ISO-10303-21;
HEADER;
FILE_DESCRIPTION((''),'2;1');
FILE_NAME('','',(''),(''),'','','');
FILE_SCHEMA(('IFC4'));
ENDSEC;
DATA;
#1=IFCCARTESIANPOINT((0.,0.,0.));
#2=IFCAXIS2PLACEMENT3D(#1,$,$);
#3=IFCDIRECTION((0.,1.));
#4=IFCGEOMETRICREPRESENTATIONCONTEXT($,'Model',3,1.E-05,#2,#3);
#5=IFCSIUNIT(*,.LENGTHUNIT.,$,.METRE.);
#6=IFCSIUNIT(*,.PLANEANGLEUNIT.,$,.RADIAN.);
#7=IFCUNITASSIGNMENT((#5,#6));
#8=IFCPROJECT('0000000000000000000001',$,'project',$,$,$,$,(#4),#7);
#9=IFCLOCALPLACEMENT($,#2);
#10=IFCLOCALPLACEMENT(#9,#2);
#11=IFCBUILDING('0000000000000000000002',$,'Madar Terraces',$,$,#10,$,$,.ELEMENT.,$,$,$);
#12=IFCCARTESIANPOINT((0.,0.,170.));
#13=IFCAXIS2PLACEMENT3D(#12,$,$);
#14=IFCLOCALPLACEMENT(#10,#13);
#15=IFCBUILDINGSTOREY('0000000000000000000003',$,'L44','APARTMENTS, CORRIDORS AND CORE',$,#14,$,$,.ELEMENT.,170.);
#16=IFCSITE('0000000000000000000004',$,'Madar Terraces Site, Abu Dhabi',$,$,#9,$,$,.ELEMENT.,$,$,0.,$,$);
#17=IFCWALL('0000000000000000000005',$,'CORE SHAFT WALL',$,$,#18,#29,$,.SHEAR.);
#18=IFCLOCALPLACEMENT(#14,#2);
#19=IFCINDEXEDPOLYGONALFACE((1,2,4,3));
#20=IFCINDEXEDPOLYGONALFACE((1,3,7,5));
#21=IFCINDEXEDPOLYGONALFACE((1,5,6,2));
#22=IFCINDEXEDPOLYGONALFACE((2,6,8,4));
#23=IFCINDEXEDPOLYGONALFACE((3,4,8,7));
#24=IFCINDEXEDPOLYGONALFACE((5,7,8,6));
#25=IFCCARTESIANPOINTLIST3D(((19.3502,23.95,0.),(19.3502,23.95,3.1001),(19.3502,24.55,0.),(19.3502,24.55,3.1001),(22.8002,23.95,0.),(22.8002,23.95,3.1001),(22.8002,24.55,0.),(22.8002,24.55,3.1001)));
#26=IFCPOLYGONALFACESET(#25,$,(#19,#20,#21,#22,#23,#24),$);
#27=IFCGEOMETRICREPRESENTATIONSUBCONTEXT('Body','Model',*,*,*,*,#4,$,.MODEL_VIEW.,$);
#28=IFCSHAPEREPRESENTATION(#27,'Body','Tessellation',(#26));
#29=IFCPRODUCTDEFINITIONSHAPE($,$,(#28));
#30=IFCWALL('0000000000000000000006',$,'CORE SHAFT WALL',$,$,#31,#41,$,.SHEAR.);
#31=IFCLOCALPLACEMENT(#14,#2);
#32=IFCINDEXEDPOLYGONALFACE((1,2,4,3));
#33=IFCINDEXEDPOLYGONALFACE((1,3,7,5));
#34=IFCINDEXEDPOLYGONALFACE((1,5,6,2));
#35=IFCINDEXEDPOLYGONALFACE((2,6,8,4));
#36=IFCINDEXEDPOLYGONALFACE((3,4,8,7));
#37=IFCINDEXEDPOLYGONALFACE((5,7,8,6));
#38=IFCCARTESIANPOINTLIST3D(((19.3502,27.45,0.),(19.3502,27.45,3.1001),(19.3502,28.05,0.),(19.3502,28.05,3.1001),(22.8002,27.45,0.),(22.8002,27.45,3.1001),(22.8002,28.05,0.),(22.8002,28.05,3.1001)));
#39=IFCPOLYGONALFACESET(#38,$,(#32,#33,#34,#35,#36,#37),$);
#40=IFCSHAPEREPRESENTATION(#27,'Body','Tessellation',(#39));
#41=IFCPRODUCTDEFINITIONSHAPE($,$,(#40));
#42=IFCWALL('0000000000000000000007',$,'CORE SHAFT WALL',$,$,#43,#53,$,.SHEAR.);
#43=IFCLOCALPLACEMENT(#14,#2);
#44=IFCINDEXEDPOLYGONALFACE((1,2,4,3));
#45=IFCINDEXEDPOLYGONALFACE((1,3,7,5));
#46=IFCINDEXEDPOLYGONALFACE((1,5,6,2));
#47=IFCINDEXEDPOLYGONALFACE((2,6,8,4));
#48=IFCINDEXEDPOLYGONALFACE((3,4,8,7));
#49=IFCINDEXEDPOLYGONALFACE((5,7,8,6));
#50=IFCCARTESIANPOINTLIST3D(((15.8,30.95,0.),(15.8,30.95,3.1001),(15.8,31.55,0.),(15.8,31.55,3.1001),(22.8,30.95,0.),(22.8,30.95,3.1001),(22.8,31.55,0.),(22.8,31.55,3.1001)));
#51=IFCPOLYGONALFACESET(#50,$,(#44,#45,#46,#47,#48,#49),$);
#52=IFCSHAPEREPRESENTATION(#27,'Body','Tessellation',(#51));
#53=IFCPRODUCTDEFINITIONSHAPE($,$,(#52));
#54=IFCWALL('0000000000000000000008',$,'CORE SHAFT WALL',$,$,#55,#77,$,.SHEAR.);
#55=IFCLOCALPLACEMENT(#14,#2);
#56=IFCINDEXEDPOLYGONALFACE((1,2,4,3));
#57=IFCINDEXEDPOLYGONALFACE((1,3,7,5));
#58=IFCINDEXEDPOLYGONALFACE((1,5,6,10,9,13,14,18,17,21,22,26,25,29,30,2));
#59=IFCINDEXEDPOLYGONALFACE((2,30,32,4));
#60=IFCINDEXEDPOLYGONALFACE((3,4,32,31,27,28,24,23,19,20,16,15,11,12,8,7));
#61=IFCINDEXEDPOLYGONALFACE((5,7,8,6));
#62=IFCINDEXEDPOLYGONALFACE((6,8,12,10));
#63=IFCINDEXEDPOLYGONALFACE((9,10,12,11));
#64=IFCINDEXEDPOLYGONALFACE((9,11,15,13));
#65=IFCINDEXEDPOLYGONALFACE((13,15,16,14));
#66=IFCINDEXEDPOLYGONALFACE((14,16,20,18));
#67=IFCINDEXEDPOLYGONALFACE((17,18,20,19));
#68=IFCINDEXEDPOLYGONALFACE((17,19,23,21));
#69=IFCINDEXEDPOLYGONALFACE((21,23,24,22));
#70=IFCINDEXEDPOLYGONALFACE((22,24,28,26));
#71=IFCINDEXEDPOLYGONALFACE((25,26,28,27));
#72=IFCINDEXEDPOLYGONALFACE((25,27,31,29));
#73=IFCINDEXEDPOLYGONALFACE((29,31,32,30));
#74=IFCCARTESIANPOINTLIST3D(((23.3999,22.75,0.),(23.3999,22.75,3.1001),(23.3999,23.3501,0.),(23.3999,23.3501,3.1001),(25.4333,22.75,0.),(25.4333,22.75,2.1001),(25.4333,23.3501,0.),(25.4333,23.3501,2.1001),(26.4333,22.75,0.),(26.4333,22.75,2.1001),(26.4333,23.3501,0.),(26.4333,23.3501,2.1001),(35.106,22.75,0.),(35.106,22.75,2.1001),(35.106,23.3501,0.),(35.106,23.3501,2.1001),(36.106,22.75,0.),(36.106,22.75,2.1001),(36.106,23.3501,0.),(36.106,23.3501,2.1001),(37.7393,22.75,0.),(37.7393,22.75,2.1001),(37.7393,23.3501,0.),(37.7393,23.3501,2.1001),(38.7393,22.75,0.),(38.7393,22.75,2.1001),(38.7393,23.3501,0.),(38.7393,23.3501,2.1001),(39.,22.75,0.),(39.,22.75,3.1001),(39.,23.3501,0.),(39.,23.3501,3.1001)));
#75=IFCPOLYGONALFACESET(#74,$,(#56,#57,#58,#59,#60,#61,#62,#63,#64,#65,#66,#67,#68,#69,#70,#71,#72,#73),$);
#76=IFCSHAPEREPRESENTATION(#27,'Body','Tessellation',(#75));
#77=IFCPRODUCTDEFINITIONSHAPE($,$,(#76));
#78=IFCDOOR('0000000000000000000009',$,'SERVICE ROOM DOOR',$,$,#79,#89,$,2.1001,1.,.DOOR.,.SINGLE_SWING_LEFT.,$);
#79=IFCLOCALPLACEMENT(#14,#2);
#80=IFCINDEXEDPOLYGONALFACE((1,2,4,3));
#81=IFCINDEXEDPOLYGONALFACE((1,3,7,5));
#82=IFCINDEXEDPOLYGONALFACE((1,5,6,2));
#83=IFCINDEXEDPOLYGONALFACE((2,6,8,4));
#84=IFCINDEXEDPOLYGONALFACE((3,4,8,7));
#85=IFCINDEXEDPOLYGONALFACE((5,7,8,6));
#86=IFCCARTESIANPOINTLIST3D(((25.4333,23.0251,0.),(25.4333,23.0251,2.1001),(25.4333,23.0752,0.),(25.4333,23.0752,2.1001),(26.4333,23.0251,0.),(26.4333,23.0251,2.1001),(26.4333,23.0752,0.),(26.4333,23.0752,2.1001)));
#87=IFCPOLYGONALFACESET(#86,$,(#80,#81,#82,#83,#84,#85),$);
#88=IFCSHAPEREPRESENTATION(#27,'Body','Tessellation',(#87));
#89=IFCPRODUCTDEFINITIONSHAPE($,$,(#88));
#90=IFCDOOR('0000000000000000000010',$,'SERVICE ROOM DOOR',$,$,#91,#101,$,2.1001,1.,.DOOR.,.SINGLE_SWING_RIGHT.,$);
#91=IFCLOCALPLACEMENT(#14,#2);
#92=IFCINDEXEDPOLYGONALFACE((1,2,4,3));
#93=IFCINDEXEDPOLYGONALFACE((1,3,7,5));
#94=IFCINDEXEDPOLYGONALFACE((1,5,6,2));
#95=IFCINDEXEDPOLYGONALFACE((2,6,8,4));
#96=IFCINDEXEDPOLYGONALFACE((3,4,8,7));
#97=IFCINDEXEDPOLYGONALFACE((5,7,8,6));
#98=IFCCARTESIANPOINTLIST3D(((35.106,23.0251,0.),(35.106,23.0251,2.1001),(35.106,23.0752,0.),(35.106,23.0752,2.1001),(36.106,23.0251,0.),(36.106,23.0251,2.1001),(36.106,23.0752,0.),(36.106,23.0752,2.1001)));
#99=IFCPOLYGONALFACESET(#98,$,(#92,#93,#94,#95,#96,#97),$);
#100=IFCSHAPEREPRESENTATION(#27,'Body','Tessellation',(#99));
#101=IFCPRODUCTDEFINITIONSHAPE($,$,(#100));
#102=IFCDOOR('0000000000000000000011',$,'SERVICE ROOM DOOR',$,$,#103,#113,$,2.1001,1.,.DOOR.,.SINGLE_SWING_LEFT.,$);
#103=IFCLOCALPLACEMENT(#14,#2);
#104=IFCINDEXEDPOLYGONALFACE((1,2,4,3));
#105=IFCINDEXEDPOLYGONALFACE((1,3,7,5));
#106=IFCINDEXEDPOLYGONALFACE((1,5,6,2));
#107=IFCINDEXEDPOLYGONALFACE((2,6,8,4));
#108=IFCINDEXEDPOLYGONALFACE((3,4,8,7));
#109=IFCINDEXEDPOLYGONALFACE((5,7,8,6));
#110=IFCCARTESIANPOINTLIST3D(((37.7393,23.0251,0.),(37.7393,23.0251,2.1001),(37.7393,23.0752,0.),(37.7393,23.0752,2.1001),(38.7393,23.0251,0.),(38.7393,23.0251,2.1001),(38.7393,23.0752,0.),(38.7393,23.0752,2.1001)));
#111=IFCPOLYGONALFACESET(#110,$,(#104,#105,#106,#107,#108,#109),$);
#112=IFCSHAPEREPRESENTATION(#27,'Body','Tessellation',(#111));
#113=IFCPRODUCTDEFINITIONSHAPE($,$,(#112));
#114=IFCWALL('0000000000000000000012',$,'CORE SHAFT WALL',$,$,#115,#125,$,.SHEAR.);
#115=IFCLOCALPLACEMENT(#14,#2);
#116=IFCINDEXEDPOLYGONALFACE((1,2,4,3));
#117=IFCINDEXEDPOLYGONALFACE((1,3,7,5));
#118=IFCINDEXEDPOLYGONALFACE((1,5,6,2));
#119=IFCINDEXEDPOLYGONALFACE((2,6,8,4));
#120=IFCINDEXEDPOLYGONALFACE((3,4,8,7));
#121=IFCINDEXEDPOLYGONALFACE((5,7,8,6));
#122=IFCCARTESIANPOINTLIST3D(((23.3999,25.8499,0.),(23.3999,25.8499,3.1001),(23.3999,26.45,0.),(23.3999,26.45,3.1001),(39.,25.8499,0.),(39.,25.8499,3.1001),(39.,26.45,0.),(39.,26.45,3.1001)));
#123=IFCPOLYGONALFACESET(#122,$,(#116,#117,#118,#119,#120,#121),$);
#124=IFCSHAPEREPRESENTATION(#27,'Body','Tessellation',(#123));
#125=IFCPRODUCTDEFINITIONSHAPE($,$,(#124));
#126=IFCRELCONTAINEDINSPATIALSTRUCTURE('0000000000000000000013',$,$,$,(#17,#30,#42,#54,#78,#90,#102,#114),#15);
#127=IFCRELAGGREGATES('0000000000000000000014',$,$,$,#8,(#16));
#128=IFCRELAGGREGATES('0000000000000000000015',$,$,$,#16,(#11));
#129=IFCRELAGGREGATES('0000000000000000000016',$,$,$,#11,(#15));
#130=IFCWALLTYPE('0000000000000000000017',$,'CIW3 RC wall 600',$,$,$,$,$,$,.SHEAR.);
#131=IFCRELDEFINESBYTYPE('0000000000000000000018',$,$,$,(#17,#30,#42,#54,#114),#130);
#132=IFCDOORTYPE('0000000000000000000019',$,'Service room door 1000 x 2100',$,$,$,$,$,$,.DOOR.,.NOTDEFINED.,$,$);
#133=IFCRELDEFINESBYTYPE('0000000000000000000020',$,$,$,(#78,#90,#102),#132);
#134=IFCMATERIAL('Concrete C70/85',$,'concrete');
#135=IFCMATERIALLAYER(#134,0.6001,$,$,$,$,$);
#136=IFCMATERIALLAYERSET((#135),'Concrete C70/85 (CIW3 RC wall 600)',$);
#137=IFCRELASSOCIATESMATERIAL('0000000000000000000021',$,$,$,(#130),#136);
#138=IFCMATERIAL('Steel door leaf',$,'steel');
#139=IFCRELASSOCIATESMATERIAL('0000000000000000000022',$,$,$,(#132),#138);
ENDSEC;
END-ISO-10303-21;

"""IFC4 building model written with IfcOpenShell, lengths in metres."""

from ifc_helpers import new_model, si_unit, direction, frame, frame_2d, origin, place, context, subcontext, project, spatial, rectangle, extrude, material, layer, layer_set, type_object, element, fill, save


model = new_model("IFC4")

# Units and contexts
model_context = context("Model", 3, precision=1e-05, world=origin(), true_north=direction((0.0, 1.0)))
body_context = subcontext(model_context, "Body", "Model", "MODEL_VIEW")
ifc_project = project(units=[si_unit("LENGTHUNIT", "METRE"), si_unit("PLANEANGLEUNIT", "RADIAN")], contexts=[model_context])

# Site, building, storey
site_placement = place(None, origin())
site = spatial("IfcSite", under=ifc_project, at=site_placement, Name="Madar Terraces Site, Abu Dhabi", CompositionType="ELEMENT", RefElevation=0.0)
building_placement = place(site_placement, origin())
building = spatial("IfcBuilding", under=site, at=building_placement, Name="Madar Terraces", CompositionType="ELEMENT")
storey_placement = place(building_placement, frame((0.0, 0.0, 170.0)))
storey = spatial("IfcBuildingStorey", under=building, at=storey_placement, Name="L44", Description="APARTMENTS, CORRIDORS AND CORE", CompositionType="ELEMENT", Elevation=170.0)

# Walls
ifc_material_1 = material(Name="Concrete C70/85", Category="concrete")
ifc_layer_1 = layer(ifc_material_1, 0.6001)
ifc_layer_set_1 = layer_set([ifc_layer_1], Name="Concrete C70/85 (CIW3 RC wall 600)")
wall_type_1 = type_object("IfcWallType", Name="CIW3 RC wall 600", PredefinedType="SHEAR", material=ifc_layer_set_1)
for number, where, z_axis, x_axis, name in (
    (1, (19.3501, 24.25, 0.0), (0.0, 0.0, 1.0), (1.0, 0.0, 0.0), "CORE SHAFT WALL"),
    (2, (19.3501, 27.75, 0.0), (0.0, 0.0, 1.0), (1.0, 0.0, 0.0), "CORE SHAFT WALL"),
):
    element("IfcWall", number, at=place(storey_placement, frame(where, z_axis=z_axis, x_axis=x_axis)), inside=storey, type_object=wall_type_1, Name=name, PredefinedType="SHEAR", context=body_context, shape_type="SweptSolid", body=[
        extrude(rectangle(XDim=3.45, YDim=0.6001, at=frame_2d((1.7251, 0.0))), origin(), (0.0, 0.0, 1.0), 3.1001),
    ])
wall_1_placement = place(storey_placement, frame((15.8, 31.25, 0.0), z_axis=(0.0, 0.0, 1.0), x_axis=(1.0, 0.0, 0.0)))
element("IfcWall", 3, at=wall_1_placement, inside=storey, type_object=wall_type_1, Name="CORE SHAFT WALL", PredefinedType="SHEAR", context=body_context, shape_type="SweptSolid", body=[
    extrude(rectangle(XDim=7.0, YDim=0.6001, at=frame_2d((3.5, 0.0))), origin(), (0.0, 0.0, 1.0), 3.1001),
])

# Wall, openings, doors
wall_2_placement = place(storey_placement, frame((23.3999, 23.05, 0.0), z_axis=(0.0, 0.0, 1.0), x_axis=(1.0, 0.0, 0.0)))
wall_2 = element("IfcWall", 4, at=wall_2_placement, inside=storey, type_object=wall_type_1, Name="CORE SHAFT WALL", PredefinedType="SHEAR", context=body_context, shape_type="SweptSolid", body=[
    extrude(rectangle(XDim=15.6001, YDim=0.6001, at=frame_2d((7.8, 0.0))), origin(), (0.0, 0.0, 1.0), 3.1001),
])
opening_1_placement = place(wall_2_placement, frame((2.0334, 0.0, 0.0)))
opening_1 = element("IfcOpeningElement", 5, at=opening_1_placement, cuts=wall_2, PredefinedType="OPENING", context=body_context, shape_type="SweptSolid", body=[
    extrude(rectangle(XDim=1.0, YDim=2.1001, at=frame_2d((0.5, 1.05))), frame((0.0, 0.3101, 0.0), z_axis=(0.0, -1.0, 0.0), x_axis=(1.0, 0.0, 0.0)), (0.0, 0.0, 1.0), 0.6201),
])
opening_2_placement = place(wall_2_placement, frame((11.7061, 0.0, 0.0)))
opening_2 = element("IfcOpeningElement", 6, at=opening_2_placement, cuts=wall_2, PredefinedType="OPENING", context=body_context, shape_type="SweptSolid", body=[
    extrude(rectangle(XDim=1.0, YDim=2.1001, at=frame_2d((0.5, 1.05))), frame((0.0, 0.3101, 0.0), z_axis=(0.0, -1.0, 0.0), x_axis=(1.0, 0.0, 0.0)), (0.0, 0.0, 1.0), 0.6201),
])
opening_3_placement = place(wall_2_placement, frame((14.3394, 0.0, 0.0)))
opening_3 = element("IfcOpeningElement", 7, at=opening_3_placement, cuts=wall_2, PredefinedType="OPENING", context=body_context, shape_type="SweptSolid", body=[
    extrude(rectangle(XDim=1.0, YDim=2.1001, at=frame_2d((0.5, 1.05))), frame((0.0, 0.3101, 0.0), z_axis=(0.0, -1.0, 0.0), x_axis=(1.0, 0.0, 0.0)), (0.0, 0.0, 1.0), 0.6201),
])
ifc_material_2 = material(Name="Steel door leaf", Category="steel")
door_type_1 = type_object("IfcDoorType", Name="Service room door 1000 x 2100", OperationType="NOTDEFINED", PredefinedType="DOOR", material=ifc_material_2)
door_1_placement = place(opening_1_placement, frame((1.0, 0.0, 0.0), z_axis=(0.0, 0.0, 1.0), x_axis=(-1.0, 0.0, 0.0)))
door_1 = element("IfcDoor", 8, at=door_1_placement, inside=storey, type_object=door_type_1, Name="SERVICE ROOM DOOR", OperationType="SINGLE_SWING_LEFT", OverallHeight=2.1001, OverallWidth=1.0, PredefinedType="DOOR", context=body_context, shape_type="SweptSolid", body=[
    extrude(rectangle(XDim=1.0, YDim=2.1001, at=frame_2d((0.5, 1.05))), frame((0.0, 0.0249, 0.0), z_axis=(0.0, -1.0, 0.0), x_axis=(1.0, 0.0, 0.0)), (0.0, 0.0, 1.0), 0.05),
])
fill(opening_1, door_1)
door_2_placement = place(opening_2_placement, frame((1.0, 0.0, 0.0), z_axis=(0.0, 0.0, 1.0), x_axis=(-1.0, 0.0, 0.0)))
door_2 = element("IfcDoor", 9, at=door_2_placement, inside=storey, type_object=door_type_1, Name="SERVICE ROOM DOOR", OperationType="SINGLE_SWING_RIGHT", OverallHeight=2.1001, OverallWidth=1.0, PredefinedType="DOOR", context=body_context, shape_type="SweptSolid", body=[
    extrude(rectangle(XDim=1.0, YDim=2.1001, at=frame_2d((0.5, 1.05))), frame((0.0, 0.0249, 0.0), z_axis=(0.0, -1.0, 0.0), x_axis=(1.0, 0.0, 0.0)), (0.0, 0.0, 1.0), 0.05),
])
fill(opening_2, door_2)
door_3_placement = place(opening_3_placement, frame((1.0, 0.0, 0.0), z_axis=(0.0, 0.0, 1.0), x_axis=(-1.0, 0.0, 0.0)))
door_3 = element("IfcDoor", 10, at=door_3_placement, inside=storey, type_object=door_type_1, Name="SERVICE ROOM DOOR", OperationType="SINGLE_SWING_LEFT", OverallHeight=2.1001, OverallWidth=1.0, PredefinedType="DOOR", context=body_context, shape_type="SweptSolid", body=[
    extrude(rectangle(XDim=1.0, YDim=2.1001, at=frame_2d((0.5, 1.05))), frame((0.0, 0.0249, 0.0), z_axis=(0.0, -1.0, 0.0), x_axis=(1.0, 0.0, 0.0)), (0.0, 0.0, 1.0), 0.05),
])
fill(opening_3, door_3)

# Wall
wall_3_placement = place(storey_placement, frame((23.3999, 26.1499, 0.0), z_axis=(0.0, 0.0, 1.0), x_axis=(1.0, 0.0, 0.0)))
element("IfcWall", 11, at=wall_3_placement, inside=storey, type_object=wall_type_1, Name="CORE SHAFT WALL", PredefinedType="SHEAR", context=body_context, shape_type="SweptSolid", body=[
    extrude(rectangle(XDim=15.6001, YDim=0.6001, at=frame_2d((7.8, 0.0))), origin(), (0.0, 0.0, 1.0), 3.1001),
])

save(model, "model.ifc")
